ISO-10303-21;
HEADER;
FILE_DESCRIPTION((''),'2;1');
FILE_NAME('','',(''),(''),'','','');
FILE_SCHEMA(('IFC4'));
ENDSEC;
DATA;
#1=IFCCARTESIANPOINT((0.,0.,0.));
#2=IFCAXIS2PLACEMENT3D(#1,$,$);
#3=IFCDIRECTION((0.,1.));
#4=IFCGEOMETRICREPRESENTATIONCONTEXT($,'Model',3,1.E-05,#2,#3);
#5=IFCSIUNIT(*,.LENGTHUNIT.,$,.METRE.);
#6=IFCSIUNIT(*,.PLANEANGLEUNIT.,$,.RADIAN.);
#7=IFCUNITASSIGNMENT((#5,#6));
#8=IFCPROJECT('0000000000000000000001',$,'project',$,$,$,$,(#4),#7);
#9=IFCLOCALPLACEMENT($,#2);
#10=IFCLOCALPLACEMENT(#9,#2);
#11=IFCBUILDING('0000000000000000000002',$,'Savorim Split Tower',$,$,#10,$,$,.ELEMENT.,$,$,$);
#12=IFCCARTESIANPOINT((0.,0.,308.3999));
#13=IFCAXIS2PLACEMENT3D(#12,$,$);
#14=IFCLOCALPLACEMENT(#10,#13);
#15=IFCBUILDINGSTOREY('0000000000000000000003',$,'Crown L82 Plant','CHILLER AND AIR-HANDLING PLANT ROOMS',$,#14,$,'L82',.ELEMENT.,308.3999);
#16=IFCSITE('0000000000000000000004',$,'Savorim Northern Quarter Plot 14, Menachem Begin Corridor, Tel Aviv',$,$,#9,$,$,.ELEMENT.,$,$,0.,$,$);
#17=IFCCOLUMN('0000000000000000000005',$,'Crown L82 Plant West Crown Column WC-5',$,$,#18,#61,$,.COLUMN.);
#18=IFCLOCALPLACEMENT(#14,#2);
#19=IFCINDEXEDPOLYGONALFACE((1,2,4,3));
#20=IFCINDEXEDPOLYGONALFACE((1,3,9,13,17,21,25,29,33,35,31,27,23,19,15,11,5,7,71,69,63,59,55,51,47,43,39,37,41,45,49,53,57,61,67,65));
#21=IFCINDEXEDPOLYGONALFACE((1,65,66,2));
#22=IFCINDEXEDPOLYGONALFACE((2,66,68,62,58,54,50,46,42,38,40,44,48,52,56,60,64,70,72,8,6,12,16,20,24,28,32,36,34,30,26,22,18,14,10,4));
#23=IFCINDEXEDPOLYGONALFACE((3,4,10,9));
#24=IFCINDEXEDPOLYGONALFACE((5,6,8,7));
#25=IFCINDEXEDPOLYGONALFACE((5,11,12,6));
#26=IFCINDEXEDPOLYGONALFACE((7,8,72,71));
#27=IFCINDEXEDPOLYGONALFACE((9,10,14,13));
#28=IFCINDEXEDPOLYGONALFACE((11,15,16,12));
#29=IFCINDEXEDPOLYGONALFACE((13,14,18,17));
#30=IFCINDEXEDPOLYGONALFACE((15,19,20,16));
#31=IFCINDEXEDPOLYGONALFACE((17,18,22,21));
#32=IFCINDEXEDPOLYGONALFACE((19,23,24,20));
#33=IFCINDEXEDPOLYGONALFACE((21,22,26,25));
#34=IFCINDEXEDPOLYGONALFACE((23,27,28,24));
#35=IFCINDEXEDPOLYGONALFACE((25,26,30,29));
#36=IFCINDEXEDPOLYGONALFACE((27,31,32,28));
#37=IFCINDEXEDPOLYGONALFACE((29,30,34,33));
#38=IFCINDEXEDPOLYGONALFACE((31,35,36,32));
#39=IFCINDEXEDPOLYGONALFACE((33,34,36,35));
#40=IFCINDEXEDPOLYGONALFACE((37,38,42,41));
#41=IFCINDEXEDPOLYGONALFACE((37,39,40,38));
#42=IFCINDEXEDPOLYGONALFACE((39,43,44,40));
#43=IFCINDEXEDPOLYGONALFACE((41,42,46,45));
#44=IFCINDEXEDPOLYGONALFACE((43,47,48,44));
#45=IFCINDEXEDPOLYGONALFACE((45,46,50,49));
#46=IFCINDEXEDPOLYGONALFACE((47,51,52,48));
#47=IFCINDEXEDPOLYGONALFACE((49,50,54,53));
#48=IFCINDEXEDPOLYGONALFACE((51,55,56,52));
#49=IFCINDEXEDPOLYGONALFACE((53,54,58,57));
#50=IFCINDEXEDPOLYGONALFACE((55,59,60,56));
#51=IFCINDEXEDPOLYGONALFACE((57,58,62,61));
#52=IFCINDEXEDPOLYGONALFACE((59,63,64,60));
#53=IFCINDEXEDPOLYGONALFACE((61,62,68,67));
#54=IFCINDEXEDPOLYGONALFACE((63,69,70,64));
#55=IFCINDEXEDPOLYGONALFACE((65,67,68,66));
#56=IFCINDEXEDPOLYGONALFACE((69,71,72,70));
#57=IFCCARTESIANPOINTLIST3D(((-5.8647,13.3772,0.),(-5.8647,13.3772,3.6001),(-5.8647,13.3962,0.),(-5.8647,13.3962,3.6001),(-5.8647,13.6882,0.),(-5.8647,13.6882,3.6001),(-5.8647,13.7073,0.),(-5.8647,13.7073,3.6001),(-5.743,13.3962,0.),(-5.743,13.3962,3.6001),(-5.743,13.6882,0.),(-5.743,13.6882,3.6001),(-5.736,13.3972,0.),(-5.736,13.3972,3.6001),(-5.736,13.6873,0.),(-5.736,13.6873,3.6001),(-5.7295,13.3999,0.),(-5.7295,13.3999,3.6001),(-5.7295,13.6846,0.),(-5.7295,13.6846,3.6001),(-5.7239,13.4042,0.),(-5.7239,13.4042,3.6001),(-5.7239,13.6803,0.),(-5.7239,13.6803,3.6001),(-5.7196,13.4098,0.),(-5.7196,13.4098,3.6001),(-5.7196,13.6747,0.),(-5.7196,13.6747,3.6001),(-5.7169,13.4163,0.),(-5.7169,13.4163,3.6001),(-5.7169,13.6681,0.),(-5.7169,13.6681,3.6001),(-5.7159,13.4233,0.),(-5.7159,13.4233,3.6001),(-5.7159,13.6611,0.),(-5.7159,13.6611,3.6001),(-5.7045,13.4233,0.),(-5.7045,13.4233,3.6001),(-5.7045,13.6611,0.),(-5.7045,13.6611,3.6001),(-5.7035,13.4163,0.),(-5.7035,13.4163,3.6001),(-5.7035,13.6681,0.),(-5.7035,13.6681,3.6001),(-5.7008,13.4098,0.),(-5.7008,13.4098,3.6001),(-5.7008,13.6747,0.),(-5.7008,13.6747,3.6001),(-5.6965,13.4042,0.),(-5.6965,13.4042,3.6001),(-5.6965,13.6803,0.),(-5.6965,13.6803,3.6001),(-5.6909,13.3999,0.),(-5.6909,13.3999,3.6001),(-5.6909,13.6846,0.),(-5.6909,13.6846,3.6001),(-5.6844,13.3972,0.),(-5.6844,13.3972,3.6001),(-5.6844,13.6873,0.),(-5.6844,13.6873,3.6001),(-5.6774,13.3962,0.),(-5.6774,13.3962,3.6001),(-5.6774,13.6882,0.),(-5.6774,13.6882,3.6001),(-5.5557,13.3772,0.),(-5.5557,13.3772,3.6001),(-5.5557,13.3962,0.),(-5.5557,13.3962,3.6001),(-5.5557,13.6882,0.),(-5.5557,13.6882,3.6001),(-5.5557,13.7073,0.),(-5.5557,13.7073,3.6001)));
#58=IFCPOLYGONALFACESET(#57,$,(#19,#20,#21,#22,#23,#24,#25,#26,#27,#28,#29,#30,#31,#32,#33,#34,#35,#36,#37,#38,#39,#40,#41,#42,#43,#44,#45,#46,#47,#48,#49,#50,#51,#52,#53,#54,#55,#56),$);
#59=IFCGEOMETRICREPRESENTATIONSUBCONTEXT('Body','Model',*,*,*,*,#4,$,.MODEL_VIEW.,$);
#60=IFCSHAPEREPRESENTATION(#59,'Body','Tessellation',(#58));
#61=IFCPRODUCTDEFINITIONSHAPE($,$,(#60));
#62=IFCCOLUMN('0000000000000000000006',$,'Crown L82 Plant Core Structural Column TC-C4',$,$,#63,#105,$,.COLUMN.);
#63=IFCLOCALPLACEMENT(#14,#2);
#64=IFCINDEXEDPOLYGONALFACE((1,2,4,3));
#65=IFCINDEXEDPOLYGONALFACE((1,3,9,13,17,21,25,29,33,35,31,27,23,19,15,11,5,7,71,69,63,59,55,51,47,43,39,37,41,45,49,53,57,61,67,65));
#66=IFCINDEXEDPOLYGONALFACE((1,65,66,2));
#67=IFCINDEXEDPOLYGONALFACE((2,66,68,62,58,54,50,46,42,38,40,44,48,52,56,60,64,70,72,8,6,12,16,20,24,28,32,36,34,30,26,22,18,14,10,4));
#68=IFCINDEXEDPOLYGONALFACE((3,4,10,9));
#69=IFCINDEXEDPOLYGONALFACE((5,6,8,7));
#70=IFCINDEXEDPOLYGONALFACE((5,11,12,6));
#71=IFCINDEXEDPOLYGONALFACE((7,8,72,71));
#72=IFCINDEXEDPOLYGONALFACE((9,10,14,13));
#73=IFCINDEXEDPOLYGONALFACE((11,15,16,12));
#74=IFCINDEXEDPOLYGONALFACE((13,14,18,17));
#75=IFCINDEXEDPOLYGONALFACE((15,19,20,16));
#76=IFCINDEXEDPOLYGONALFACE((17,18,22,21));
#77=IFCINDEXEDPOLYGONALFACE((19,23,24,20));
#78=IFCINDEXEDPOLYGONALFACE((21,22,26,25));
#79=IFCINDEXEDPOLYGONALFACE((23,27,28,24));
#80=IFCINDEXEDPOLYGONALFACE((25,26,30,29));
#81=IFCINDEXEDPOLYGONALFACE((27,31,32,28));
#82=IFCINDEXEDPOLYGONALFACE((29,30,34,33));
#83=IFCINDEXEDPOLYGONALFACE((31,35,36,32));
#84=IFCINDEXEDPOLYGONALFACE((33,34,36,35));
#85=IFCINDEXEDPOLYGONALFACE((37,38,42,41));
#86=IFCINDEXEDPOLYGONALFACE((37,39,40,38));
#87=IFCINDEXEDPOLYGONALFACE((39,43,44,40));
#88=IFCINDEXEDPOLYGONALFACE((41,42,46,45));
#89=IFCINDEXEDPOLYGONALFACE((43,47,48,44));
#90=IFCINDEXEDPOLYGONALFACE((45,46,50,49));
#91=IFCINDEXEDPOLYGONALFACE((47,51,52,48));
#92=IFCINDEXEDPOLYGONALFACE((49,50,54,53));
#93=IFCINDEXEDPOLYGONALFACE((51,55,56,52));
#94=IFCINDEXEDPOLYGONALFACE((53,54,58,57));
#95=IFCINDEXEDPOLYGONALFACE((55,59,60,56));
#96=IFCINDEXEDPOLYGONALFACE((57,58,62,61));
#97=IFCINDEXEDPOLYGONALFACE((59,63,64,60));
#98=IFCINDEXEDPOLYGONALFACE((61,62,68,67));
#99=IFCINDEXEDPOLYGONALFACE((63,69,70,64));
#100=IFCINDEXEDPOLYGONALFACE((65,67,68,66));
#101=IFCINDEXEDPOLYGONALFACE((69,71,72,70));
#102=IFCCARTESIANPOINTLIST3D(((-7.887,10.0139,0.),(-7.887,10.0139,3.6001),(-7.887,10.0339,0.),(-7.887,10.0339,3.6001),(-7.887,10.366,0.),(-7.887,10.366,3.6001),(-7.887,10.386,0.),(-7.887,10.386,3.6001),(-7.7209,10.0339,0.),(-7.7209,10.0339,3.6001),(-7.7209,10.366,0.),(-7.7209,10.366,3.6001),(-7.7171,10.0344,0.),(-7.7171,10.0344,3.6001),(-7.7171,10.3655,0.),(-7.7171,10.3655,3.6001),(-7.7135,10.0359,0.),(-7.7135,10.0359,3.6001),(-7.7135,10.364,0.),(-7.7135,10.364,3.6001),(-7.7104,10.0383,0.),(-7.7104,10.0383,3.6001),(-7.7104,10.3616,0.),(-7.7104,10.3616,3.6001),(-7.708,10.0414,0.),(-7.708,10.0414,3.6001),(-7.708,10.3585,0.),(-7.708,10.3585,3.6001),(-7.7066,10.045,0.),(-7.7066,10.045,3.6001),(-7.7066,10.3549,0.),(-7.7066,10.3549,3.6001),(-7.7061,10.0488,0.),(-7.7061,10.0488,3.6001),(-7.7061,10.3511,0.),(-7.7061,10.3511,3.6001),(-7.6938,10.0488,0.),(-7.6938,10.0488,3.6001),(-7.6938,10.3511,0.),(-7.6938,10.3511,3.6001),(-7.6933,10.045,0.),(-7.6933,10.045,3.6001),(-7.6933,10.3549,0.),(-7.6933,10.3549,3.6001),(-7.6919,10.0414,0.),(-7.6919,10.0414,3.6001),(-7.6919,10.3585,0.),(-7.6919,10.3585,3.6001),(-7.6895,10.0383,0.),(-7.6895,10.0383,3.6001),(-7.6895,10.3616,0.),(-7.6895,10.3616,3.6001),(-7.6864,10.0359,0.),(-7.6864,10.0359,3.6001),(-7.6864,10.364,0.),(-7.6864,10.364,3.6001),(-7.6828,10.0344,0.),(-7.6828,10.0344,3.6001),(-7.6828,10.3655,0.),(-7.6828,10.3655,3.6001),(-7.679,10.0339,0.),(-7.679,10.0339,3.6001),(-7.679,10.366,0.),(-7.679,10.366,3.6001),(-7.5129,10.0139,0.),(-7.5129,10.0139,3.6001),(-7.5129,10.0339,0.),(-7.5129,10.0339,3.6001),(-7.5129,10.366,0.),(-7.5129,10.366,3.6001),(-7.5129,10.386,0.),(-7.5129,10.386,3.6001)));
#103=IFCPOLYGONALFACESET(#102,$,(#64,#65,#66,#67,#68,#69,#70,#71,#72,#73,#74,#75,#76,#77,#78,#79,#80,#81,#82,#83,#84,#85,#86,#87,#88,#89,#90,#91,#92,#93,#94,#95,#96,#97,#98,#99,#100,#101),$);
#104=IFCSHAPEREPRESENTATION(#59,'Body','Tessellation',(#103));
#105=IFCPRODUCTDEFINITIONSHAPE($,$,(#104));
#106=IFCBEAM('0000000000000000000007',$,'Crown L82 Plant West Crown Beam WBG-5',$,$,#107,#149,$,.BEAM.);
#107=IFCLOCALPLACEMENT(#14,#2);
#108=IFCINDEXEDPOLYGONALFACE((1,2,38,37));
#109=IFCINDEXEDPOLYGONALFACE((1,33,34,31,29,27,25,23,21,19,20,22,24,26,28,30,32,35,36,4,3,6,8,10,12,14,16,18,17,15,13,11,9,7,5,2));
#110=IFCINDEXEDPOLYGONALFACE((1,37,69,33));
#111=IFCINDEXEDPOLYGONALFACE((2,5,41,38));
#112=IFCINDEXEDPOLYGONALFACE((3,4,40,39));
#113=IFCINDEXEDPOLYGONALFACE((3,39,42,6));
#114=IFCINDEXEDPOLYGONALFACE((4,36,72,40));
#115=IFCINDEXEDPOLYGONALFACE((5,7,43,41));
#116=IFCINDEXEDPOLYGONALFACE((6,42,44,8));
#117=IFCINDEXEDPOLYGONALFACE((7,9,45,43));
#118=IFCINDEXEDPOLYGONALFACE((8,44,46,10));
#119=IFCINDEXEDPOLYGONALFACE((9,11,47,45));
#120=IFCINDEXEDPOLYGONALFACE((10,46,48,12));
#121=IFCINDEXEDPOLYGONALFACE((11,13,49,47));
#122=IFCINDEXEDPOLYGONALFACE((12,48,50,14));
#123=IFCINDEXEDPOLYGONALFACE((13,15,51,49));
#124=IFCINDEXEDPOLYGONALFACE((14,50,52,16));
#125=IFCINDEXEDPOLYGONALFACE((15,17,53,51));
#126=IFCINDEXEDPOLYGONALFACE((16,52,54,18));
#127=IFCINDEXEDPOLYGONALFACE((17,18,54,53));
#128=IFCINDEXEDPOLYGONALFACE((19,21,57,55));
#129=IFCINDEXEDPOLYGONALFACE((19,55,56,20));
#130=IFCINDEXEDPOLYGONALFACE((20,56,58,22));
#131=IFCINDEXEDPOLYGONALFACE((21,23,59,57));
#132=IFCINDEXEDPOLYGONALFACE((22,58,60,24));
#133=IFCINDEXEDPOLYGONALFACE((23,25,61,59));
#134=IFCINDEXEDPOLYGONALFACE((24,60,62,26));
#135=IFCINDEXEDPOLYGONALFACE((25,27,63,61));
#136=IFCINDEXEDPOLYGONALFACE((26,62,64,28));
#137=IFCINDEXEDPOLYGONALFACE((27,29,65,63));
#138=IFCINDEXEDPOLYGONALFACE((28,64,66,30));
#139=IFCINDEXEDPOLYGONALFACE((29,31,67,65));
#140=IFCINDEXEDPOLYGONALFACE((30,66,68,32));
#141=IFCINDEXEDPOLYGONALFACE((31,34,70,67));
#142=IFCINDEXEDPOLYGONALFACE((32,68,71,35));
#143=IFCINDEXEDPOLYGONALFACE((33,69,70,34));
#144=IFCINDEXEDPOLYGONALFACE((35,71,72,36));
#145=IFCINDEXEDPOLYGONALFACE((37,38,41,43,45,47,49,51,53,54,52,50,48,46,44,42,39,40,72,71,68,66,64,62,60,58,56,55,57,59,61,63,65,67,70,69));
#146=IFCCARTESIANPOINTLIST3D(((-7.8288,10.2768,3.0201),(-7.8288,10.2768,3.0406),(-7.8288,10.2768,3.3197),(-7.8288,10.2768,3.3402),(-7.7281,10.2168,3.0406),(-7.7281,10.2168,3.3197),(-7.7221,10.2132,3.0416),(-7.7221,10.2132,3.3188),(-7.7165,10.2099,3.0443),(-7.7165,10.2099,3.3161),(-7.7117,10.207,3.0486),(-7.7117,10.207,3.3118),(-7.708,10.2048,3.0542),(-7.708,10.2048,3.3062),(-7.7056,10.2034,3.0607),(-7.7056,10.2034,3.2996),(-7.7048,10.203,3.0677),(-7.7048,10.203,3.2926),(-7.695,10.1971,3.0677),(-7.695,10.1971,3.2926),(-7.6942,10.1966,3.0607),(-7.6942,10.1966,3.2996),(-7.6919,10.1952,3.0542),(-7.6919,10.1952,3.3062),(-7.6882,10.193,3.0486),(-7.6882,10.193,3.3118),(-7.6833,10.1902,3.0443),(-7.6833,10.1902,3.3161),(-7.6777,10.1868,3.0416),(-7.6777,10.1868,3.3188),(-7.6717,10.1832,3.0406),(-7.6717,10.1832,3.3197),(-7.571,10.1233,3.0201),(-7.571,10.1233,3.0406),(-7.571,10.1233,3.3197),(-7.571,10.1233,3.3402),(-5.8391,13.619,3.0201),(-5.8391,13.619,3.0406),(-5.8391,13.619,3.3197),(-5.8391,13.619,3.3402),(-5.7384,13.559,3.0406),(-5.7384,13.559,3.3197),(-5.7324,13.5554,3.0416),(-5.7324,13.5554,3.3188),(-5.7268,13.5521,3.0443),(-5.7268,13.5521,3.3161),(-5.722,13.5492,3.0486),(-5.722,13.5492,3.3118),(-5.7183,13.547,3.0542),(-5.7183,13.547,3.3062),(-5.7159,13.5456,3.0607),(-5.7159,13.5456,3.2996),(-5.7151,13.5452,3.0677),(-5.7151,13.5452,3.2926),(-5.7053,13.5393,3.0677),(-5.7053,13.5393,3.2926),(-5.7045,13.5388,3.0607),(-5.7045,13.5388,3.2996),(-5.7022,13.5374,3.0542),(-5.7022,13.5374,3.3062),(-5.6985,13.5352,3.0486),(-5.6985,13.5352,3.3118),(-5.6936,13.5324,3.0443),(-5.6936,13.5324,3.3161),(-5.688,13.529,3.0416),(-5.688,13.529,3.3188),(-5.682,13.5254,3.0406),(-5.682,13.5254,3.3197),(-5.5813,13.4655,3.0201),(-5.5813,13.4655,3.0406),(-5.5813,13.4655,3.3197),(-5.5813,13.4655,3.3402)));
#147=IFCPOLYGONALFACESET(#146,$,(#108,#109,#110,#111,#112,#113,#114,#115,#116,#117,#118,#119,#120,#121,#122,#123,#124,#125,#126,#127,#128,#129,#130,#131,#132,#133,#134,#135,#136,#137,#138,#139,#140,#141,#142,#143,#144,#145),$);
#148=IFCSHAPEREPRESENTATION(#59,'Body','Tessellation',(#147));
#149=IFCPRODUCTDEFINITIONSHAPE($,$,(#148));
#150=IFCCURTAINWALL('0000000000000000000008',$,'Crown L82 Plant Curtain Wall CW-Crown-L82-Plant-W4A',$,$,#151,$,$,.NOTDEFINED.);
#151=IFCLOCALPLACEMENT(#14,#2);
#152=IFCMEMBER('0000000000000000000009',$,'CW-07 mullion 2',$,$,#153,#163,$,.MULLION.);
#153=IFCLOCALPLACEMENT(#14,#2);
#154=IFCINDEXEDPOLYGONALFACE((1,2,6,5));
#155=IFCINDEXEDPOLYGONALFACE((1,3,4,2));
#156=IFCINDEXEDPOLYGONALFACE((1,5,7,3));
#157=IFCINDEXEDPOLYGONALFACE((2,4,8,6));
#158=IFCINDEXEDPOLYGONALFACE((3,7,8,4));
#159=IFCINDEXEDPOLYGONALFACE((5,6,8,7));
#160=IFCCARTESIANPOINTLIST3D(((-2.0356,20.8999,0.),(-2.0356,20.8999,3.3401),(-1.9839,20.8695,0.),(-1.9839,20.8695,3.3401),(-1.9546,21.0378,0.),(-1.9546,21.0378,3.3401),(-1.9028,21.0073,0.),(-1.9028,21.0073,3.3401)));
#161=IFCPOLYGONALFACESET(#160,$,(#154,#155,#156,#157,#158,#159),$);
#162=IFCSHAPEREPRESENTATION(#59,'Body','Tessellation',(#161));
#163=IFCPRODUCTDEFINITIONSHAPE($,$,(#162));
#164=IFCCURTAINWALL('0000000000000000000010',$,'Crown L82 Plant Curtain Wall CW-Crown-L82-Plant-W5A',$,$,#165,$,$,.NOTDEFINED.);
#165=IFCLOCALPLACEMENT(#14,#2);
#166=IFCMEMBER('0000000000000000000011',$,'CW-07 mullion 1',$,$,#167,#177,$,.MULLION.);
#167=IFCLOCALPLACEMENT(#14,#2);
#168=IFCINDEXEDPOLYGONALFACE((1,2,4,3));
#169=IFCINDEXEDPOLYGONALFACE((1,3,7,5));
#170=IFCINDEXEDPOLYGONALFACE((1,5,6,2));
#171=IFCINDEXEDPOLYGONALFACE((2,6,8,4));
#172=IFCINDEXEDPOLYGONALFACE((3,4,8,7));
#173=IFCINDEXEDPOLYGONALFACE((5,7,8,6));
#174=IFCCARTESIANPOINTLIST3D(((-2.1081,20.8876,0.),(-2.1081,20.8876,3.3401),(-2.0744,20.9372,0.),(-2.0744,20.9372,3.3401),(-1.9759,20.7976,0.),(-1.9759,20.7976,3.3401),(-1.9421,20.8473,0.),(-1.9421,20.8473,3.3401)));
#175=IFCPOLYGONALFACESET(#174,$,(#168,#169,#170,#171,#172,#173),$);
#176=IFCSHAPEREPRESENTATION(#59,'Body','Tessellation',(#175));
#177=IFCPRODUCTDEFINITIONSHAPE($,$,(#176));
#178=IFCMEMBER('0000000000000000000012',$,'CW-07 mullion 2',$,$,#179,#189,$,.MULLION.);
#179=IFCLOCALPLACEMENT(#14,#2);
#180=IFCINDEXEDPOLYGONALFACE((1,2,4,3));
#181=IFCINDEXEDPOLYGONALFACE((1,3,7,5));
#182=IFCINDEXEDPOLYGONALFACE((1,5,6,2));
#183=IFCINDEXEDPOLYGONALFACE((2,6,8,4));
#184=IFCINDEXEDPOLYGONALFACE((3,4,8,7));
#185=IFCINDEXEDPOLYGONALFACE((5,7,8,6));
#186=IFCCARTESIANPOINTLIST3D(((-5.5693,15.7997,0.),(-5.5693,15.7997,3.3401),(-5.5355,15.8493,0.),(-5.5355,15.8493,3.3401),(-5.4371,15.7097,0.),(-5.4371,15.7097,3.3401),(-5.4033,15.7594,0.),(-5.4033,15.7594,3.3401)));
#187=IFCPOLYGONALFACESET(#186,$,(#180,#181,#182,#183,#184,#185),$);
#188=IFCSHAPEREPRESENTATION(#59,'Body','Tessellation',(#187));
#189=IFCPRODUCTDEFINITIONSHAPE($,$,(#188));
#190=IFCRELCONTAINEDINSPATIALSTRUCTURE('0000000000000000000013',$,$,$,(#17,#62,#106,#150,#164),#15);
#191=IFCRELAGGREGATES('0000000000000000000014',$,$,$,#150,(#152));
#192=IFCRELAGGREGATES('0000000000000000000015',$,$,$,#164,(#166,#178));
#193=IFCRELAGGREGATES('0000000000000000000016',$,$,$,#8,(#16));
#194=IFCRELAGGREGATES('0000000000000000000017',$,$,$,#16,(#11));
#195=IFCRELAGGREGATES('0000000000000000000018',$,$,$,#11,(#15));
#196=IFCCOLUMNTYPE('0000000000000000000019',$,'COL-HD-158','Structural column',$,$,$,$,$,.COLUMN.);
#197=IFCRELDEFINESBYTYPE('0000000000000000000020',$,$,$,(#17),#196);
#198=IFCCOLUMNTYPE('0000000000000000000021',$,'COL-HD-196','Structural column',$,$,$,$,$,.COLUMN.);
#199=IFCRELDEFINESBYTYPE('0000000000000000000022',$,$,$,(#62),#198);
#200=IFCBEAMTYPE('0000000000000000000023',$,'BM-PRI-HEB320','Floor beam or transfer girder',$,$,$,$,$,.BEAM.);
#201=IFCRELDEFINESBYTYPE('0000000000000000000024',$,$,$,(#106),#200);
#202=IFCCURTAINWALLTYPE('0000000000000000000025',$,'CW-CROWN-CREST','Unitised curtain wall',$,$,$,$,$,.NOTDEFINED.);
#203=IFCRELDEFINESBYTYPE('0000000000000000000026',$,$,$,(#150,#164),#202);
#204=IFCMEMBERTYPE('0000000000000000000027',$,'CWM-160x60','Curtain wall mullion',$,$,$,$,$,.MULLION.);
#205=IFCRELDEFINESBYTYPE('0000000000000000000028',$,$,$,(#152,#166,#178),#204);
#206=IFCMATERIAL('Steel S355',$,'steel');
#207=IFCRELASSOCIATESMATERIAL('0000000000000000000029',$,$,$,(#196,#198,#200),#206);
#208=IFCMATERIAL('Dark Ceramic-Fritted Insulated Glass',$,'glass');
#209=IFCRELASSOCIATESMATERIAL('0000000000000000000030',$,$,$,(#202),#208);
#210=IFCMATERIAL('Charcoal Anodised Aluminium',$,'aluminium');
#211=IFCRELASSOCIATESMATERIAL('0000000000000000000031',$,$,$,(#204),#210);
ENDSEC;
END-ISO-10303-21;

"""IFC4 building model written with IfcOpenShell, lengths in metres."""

from ifc_helpers import new_model, si_unit, direction, frame, origin, origin_2d, place, context, subcontext, project, spatial, rectangle, i_section, extrude, material, material_profile, profile_set, type_object, element, aggregate, save


model = new_model("IFC4")

# Units and contexts
model_context = context("Model", 3, precision=1e-05, world=origin(), true_north=direction((0.0, 1.0)))
body_context = subcontext(model_context, "Body", "Model", "MODEL_VIEW")
ifc_project = project(units=[si_unit("LENGTHUNIT", "METRE"), si_unit("PLANEANGLEUNIT", "RADIAN")], contexts=[model_context])

# Site, building, storey
site_placement = place(None, origin())
site = spatial("IfcSite", under=ifc_project, at=site_placement, Name="Savorim Northern Quarter Plot 14, Menachem Begin Corridor, Tel Aviv", CompositionType="ELEMENT", RefElevation=0.0)
building_placement = place(site_placement, origin())
building = spatial("IfcBuilding", under=site, at=building_placement, Name="Savorim Split Tower", CompositionType="ELEMENT")
storey_placement = place(building_placement, frame((0.0, 0.0, 308.3999)))
storey = spatial("IfcBuildingStorey", under=building, at=storey_placement, Name="Crown L82 Plant", Description="CHILLER AND AIR-HANDLING PLANT ROOMS", LongName="L82", CompositionType="ELEMENT", Elevation=308.3999)

# Columns
ifc_material_1 = material(Name="Steel S355", Category="steel")
ifc_material_profile_1 = material_profile(ifc_material_1, i_section(OverallWidth=0.3091, OverallDepth=0.3301, WebThickness=0.0115, FlangeThickness=0.019, FilletRadius=0.0271, at=origin_2d()), Name="HD 320x158")
ifc_profile_set_1 = profile_set([ifc_material_profile_1], Name="Steel S355")
column_type_1 = type_object("IfcColumnType", Name="COL-HD-158", Description="Structural column", PredefinedType="COLUMN", material=ifc_profile_set_1)
column_1_placement = place(storey_placement, frame((-5.7102, 13.5422, 0.0), z_axis=(0.0, 0.0, 1.0), x_axis=(1.0, 0.0, 0.0)))
element("IfcColumn", 1, at=column_1_placement, inside=storey, type_object=column_type_1, Name="Crown L82 Plant West Crown Column WC-5", PredefinedType="COLUMN", context=body_context, shape_type="SweptSolid", body=[
    extrude(i_section(OverallWidth=0.3091, OverallDepth=0.3301, WebThickness=0.0115, FlangeThickness=0.019, FilletRadius=0.0271, at=origin_2d()), origin(), (0.0, 0.0, 1.0), 3.6001),
])
ifc_material_profile_2 = material_profile(ifc_material_1, i_section(OverallWidth=0.374, OverallDepth=0.3721, WebThickness=0.0122, FlangeThickness=0.02, FilletRadius=0.0149, at=origin_2d()), Name="HD 360x196")
ifc_profile_set_2 = profile_set([ifc_material_profile_2], Name="Steel S355")
column_type_2 = type_object("IfcColumnType", Name="COL-HD-196", Description="Structural column", PredefinedType="COLUMN", material=ifc_profile_set_2)
column_2_placement = place(storey_placement, frame((-7.7, 10.2, 0.0), z_axis=(0.0, 0.0, 1.0), x_axis=(1.0, 0.0, 0.0)))
element("IfcColumn", 2, at=column_2_placement, inside=storey, type_object=column_type_2, Name="Crown L82 Plant Core Structural Column TC-C4", PredefinedType="COLUMN", context=body_context, shape_type="SweptSolid", body=[
    extrude(i_section(OverallWidth=0.374, OverallDepth=0.3721, WebThickness=0.0122, FlangeThickness=0.02, FilletRadius=0.0149, at=origin_2d()), origin(), (0.0, 0.0, 1.0), 3.6001),
])

# Beam
ifc_material_profile_3 = material_profile(ifc_material_1, i_section(OverallWidth=0.3, OverallDepth=0.3201, WebThickness=0.0115, FlangeThickness=0.0205, FilletRadius=0.0271, at=origin_2d()), Name="HEB 320")
ifc_profile_set_3 = profile_set([ifc_material_profile_3], Name="Steel S355")
beam_type = type_object("IfcBeamType", Name="BM-PRI-HEB320", Description="Floor beam or transfer girder", PredefinedType="BEAM", material=ifc_profile_set_3)
beam_placement = place(storey_placement, frame((-5.7102, 13.5422, 3.1802), z_axis=(-0.511539, -0.85926, 0.0), x_axis=(0.85926, -0.511539, 0.0)))
element("IfcBeam", 3, at=beam_placement, inside=storey, type_object=beam_type, Name="Crown L82 Plant West Crown Beam WBG-5", PredefinedType="BEAM", context=body_context, shape_type="SweptSolid", body=[
    extrude(i_section(OverallWidth=0.3, OverallDepth=0.3201, WebThickness=0.0115, FlangeThickness=0.0205, FilletRadius=0.0271, at=origin_2d()), origin(), (0.0, 0.0, 1.0), 3.8896),
])

# Curtain wall, member
ifc_material_2 = material(Name="Dark Ceramic-Fritted Insulated Glass", Category="glass")
curtain_wall_type = type_object("IfcCurtainWallType", Name="CW-CROWN-CREST", Description="Unitised curtain wall", PredefinedType="NOTDEFINED", material=ifc_material_2)
curtain_wall_1_placement = place(storey_placement, origin())
curtain_wall_1 = element("IfcCurtainWall", 4, at=curtain_wall_1_placement, inside=storey, type_object=curtain_wall_type, Name="Crown L82 Plant Curtain Wall CW-Crown-L82-Plant-W4A", PredefinedType="NOTDEFINED")
ifc_material_3 = material(Name="Charcoal Anodised Aluminium", Category="aluminium")
ifc_material_profile_4 = material_profile(ifc_material_3, rectangle(XDim=0.1599, YDim=0.0601, at=origin_2d()), Name="ALU-M 160x60")
ifc_profile_set_4 = profile_set([ifc_material_profile_4], Name="Charcoal Anodised Aluminium")
member_type_1 = type_object("IfcMemberType", Name="CWM-160x60", Description="Curtain wall mullion", PredefinedType="MULLION", material=ifc_profile_set_4)
member_1_placement = place(storey_placement, frame((-1.9692, 20.9536, 0.0), z_axis=(0.0, 0.0, 1.0), x_axis=(-0.506705, -0.862119, 0.0)))
member_1 = element("IfcMember", 5, at=member_1_placement, type_object=member_type_1, Name="CW-07 mullion 2", PredefinedType="MULLION", context=body_context, shape_type="SweptSolid", body=[
    extrude(rectangle(XDim=0.1599, YDim=0.0601, at=origin_2d()), origin(), (0.0, 0.0, 1.0), 3.3401),
])

# Curtain wall, members
curtain_wall_2_placement = place(storey_placement, origin())
curtain_wall_2 = element("IfcCurtainWall", 6, at=curtain_wall_2_placement, inside=storey, type_object=curtain_wall_type, Name="Crown L82 Plant Curtain Wall CW-Crown-L82-Plant-W5A", PredefinedType="NOTDEFINED")
member_2_placement = place(storey_placement, frame((-2.0251, 20.8674, 0.0), z_axis=(0.0, 0.0, 1.0), x_axis=(0.82682, -0.562466, 0.0)))
member_2 = element("IfcMember", 7, at=member_2_placement, type_object=member_type_1, Name="CW-07 mullion 1", PredefinedType="MULLION", context=body_context, shape_type="SweptSolid", body=[
    extrude(rectangle(XDim=0.1599, YDim=0.0601, at=origin_2d()), origin(), (0.0, 0.0, 1.0), 3.3401),
])
member_3_placement = place(storey_placement, frame((-5.4863, 15.7795, 0.0), z_axis=(0.0, 0.0, 1.0), x_axis=(0.82682, -0.562466, 0.0)))
member_3 = element("IfcMember", 8, at=member_3_placement, type_object=member_type_1, Name="CW-07 mullion 2", PredefinedType="MULLION", context=body_context, shape_type="SweptSolid", body=[
    extrude(rectangle(XDim=0.1599, YDim=0.0601, at=origin_2d()), origin(), (0.0, 0.0, 1.0), 3.3401),
])

aggregate(curtain_wall_1, [member_1])
aggregate(curtain_wall_2, [member_2, member_3])

save(model, "model.ifc")
